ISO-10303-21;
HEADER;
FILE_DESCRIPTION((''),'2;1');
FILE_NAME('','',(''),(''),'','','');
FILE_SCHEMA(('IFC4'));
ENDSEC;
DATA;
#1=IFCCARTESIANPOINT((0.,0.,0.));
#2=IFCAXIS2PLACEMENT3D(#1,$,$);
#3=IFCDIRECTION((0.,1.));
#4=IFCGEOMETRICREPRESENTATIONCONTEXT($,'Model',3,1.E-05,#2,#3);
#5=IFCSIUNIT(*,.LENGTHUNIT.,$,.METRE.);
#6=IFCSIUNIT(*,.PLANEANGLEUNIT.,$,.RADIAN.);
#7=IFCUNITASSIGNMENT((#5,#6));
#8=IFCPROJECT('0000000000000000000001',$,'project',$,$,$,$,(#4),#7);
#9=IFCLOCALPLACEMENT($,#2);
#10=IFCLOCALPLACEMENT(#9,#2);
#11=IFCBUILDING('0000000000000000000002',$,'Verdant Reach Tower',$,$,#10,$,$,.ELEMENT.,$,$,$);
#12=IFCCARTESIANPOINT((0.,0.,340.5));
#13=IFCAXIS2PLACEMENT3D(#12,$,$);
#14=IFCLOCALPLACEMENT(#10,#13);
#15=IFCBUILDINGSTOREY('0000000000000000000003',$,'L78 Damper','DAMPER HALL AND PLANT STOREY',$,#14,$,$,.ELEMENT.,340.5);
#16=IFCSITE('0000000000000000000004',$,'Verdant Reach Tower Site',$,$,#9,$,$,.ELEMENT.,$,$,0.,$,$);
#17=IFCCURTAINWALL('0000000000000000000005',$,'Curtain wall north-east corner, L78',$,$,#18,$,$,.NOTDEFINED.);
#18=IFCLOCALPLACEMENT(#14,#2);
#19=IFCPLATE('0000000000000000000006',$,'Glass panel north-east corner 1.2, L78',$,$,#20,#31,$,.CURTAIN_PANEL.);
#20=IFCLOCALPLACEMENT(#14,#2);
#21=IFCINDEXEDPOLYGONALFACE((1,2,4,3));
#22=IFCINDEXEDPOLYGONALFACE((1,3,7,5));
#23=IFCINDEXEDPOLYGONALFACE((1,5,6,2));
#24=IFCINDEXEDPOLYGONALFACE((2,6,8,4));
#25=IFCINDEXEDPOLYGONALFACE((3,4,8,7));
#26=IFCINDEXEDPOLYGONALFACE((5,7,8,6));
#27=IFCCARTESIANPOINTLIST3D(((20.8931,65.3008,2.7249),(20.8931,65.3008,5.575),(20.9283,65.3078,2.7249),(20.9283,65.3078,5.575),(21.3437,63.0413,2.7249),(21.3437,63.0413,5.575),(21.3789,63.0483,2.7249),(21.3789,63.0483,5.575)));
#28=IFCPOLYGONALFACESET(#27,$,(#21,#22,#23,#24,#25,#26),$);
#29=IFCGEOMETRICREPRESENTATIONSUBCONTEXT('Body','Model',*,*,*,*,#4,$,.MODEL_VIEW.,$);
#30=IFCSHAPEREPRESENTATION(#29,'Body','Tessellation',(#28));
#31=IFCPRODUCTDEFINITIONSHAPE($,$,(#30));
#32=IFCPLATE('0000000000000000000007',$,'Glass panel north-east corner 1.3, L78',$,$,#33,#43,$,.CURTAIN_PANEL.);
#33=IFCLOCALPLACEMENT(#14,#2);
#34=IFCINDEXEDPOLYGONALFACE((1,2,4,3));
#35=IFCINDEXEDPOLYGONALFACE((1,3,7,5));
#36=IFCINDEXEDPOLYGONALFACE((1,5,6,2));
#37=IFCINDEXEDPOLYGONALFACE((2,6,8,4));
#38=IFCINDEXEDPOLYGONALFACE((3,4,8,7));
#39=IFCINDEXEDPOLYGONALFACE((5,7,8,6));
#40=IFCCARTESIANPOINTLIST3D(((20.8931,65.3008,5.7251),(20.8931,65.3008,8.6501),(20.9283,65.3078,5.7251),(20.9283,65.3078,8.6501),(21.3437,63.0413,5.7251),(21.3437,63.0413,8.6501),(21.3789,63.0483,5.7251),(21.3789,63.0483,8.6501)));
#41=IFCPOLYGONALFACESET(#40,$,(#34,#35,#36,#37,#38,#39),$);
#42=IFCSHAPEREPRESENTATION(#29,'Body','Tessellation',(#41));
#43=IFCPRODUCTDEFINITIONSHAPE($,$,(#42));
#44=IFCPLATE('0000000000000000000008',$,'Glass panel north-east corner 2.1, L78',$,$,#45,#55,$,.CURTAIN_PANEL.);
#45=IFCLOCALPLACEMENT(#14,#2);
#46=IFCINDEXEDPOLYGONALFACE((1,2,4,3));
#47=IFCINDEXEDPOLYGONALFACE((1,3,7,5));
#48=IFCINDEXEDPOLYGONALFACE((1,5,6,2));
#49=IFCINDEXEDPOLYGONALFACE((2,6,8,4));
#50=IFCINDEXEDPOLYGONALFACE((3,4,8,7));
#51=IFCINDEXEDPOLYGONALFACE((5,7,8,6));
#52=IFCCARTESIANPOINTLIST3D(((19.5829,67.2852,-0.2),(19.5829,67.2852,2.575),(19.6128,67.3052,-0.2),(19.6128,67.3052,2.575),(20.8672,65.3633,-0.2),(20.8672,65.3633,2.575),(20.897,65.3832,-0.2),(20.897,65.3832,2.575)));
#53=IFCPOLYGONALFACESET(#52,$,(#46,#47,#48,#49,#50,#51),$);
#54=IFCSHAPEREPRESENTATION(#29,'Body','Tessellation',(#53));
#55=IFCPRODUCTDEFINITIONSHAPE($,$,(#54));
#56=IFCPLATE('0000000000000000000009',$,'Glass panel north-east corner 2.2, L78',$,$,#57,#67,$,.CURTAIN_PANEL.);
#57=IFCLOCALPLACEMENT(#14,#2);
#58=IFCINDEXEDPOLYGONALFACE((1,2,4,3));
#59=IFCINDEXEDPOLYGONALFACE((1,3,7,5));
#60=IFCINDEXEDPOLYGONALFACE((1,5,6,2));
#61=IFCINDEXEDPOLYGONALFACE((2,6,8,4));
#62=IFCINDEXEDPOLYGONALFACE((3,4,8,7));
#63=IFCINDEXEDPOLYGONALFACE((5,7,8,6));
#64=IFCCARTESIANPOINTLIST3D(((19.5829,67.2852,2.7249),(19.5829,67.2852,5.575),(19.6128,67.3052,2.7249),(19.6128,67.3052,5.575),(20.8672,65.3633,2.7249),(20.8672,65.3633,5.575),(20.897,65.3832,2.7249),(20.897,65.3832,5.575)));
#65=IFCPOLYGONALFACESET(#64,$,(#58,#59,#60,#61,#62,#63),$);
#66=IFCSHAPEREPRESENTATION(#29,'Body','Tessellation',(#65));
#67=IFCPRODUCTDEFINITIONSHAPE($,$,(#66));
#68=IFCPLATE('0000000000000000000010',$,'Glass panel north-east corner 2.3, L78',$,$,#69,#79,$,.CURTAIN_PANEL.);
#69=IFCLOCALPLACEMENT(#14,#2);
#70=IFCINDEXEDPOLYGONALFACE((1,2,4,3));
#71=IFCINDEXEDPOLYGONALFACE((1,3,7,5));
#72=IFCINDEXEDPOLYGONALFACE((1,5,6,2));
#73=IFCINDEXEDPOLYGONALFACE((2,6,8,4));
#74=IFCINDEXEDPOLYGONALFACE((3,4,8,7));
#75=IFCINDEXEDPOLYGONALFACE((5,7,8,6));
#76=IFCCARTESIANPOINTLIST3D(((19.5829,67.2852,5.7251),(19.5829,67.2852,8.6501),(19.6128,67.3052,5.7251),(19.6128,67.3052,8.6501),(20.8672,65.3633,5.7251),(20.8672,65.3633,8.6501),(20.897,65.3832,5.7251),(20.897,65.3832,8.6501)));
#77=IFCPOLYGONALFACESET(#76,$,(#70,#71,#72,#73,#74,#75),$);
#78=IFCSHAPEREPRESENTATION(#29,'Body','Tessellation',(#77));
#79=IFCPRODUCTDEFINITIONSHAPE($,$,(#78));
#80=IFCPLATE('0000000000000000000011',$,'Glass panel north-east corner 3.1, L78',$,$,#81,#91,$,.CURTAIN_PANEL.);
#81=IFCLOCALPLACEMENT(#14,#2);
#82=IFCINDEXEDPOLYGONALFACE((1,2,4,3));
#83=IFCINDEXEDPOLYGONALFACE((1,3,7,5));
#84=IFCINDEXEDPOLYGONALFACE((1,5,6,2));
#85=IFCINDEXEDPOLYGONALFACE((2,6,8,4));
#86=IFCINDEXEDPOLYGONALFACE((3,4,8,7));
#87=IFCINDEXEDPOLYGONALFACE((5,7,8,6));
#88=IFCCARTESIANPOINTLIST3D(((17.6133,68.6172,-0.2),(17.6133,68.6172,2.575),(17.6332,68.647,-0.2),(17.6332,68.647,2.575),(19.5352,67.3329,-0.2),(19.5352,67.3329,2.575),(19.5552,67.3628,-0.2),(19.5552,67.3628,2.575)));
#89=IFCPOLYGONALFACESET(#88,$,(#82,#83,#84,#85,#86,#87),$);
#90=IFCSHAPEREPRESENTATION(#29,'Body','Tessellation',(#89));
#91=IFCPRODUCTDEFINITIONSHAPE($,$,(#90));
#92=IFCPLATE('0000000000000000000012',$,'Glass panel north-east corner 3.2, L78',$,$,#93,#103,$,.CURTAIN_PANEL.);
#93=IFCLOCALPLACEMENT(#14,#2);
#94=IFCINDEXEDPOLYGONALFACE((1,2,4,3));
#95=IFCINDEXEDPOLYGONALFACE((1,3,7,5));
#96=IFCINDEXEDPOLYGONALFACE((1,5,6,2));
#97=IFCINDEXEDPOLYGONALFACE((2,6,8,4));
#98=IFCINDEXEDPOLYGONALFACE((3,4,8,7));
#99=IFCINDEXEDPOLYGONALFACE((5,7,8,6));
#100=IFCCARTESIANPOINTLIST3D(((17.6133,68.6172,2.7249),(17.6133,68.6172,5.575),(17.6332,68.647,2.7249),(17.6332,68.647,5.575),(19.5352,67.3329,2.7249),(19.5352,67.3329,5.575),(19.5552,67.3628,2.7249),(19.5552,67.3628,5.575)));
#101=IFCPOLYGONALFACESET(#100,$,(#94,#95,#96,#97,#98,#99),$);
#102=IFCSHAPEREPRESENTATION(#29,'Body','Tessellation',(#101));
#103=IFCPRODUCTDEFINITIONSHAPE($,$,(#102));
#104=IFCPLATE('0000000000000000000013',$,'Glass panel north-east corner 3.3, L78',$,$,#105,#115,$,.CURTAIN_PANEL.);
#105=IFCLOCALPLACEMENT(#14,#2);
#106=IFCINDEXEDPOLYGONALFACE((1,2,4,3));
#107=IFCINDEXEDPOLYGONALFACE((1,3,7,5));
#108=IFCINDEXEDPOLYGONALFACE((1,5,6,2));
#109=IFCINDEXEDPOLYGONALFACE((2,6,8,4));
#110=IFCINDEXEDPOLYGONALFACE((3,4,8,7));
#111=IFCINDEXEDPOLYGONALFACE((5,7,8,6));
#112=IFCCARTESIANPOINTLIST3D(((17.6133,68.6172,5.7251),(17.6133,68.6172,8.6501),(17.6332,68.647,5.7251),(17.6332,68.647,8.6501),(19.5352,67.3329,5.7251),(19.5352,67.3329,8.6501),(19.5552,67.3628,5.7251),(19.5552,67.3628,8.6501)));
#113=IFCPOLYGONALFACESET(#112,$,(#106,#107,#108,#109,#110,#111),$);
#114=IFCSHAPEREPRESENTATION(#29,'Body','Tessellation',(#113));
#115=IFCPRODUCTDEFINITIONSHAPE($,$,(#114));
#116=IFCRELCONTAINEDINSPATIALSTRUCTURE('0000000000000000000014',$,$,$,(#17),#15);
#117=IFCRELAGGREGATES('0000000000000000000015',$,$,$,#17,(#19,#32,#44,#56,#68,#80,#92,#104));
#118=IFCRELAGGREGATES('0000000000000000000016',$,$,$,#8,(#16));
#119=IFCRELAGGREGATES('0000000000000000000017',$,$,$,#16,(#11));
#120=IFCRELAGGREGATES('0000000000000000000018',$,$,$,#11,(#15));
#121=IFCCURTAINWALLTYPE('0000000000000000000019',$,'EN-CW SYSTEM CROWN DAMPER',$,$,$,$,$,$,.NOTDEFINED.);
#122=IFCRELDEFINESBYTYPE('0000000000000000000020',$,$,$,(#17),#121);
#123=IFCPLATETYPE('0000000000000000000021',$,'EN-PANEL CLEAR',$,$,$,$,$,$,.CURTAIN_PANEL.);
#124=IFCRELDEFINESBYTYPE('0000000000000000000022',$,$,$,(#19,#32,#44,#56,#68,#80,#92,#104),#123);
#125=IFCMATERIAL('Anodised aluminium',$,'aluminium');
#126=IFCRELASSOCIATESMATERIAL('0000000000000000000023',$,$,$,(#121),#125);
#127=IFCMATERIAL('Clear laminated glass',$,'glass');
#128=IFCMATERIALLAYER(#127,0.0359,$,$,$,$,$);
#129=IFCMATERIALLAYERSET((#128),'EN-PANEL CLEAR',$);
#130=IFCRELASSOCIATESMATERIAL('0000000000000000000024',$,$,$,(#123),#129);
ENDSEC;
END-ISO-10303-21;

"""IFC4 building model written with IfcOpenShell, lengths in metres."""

from ifc_helpers import new_model, si_unit, direction, frame, origin, origin_2d, place, context, subcontext, project, spatial, rectangle, extrude, material, layer, layer_set, type_object, element, aggregate, save


model = new_model("IFC4")

# Units and contexts
model_context = context("Model", 3, precision=1e-05, world=origin(), true_north=direction((0.0, 1.0)))
body_context = subcontext(model_context, "Body", "Model", "MODEL_VIEW")
ifc_project = project(units=[si_unit("LENGTHUNIT", "METRE"), si_unit("PLANEANGLEUNIT", "RADIAN")], contexts=[model_context])

# Site, building, storey
site_placement = place(None, origin())
site = spatial("IfcSite", under=ifc_project, at=site_placement, Name="Verdant Reach Tower Site", CompositionType="ELEMENT", RefElevation=0.0)
building_placement = place(site_placement, origin())
building = spatial("IfcBuilding", under=site, at=building_placement, Name="Verdant Reach Tower", CompositionType="ELEMENT")
storey_placement = place(building_placement, frame((0.0, 0.0, 340.5)))
storey = spatial("IfcBuildingStorey", under=building, at=storey_placement, Name="L78 Damper", Description="DAMPER HALL AND PLANT STOREY", CompositionType="ELEMENT", Elevation=340.5)

# Curtain wall
ifc_material_1 = material(Name="Anodised aluminium", Category="aluminium")
curtain_wall_type = type_object("IfcCurtainWallType", Name="EN-CW SYSTEM CROWN DAMPER", PredefinedType="NOTDEFINED", material=ifc_material_1)
curtain_wall_1_placement = place(storey_placement, origin())
curtain_wall_1 = element("IfcCurtainWall", 1, at=curtain_wall_1_placement, inside=storey, type_object=curtain_wall_type, Name="Curtain wall north-east corner, L78", PredefinedType="NOTDEFINED")

# Shared definitions
ifc_material_2 = material(Name="Clear laminated glass", Category="glass")
ifc_layer = layer(ifc_material_2, 0.0359)
ifc_layer_set = layer_set([ifc_layer], Name="EN-PANEL CLEAR")
plate_type = type_object("IfcPlateType", Name="EN-PANEL CLEAR", PredefinedType="CURTAIN_PANEL", material=ifc_layer_set)

# Plates
plate_1_placement = place(storey_placement, frame((21.136, 64.1746, 2.7249), z_axis=(0.0, 0.0, 1.0), x_axis=(-0.195593, 0.980685, 0.0)))
plate_1 = element("IfcPlate", 2, at=plate_1_placement, type_object=plate_type, Name="Glass panel north-east corner 1.2, L78", PredefinedType="CURTAIN_PANEL", context=body_context, shape_type="SweptSolid", body=[
    extrude(rectangle(XDim=2.304, YDim=0.0359, at=origin_2d()), origin(), (0.0, 0.0, 1.0), 2.8501),
])
plate_2_placement = place(storey_placement, frame((21.136, 64.1746, 5.7251), z_axis=(0.0, 0.0, 1.0), x_axis=(-0.195593, 0.980685, 0.0)))
plate_2 = element("IfcPlate", 3, at=plate_2_placement, type_object=plate_type, Name="Glass panel north-east corner 1.3, L78", PredefinedType="CURTAIN_PANEL", context=body_context, shape_type="SweptSolid", body=[
    extrude(rectangle(XDim=2.304, YDim=0.0359, at=origin_2d()), origin(), (0.0, 0.0, 1.0), 2.925),
])
plate_3_placement = place(storey_placement, frame((20.24, 66.3342, -0.2), z_axis=(0.0, 0.0, 1.0), x_axis=(-0.555596, 0.831452, 0.0)))
plate_3 = element("IfcPlate", 4, at=plate_3_placement, type_object=plate_type, Name="Glass panel north-east corner 2.1, L78", PredefinedType="CURTAIN_PANEL", context=body_context, shape_type="SweptSolid", body=[
    extrude(rectangle(XDim=2.3115, YDim=0.0359, at=origin_2d()), origin(), (0.0, 0.0, 1.0), 2.7749),
])
plate_4_placement = place(storey_placement, frame((20.24, 66.3342, 2.7249), z_axis=(0.0, 0.0, 1.0), x_axis=(-0.555596, 0.831452, 0.0)))
plate_4 = element("IfcPlate", 5, at=plate_4_placement, type_object=plate_type, Name="Glass panel north-east corner 2.2, L78", PredefinedType="CURTAIN_PANEL", context=body_context, shape_type="SweptSolid", body=[
    extrude(rectangle(XDim=2.3115, YDim=0.0359, at=origin_2d()), origin(), (0.0, 0.0, 1.0), 2.8501),
])
plate_5_placement = place(storey_placement, frame((20.24, 66.3342, 5.7251), z_axis=(0.0, 0.0, 1.0), x_axis=(-0.555596, 0.831452, 0.0)))
plate_5 = element("IfcPlate", 6, at=plate_5_placement, type_object=plate_type, Name="Glass panel north-east corner 2.3, L78", PredefinedType="CURTAIN_PANEL", context=body_context, shape_type="SweptSolid", body=[
    extrude(rectangle(XDim=2.3115, YDim=0.0359, at=origin_2d()), origin(), (0.0, 0.0, 1.0), 2.925),
])
plate_6_placement = place(storey_placement, frame((18.5842, 67.99, -0.2), z_axis=(0.0, 0.0, 1.0), x_axis=(-0.831452, 0.555596, 0.0)))
plate_6 = element("IfcPlate", 7, at=plate_6_placement, type_object=plate_type, Name="Glass panel north-east corner 3.1, L78", PredefinedType="CURTAIN_PANEL", context=body_context, shape_type="SweptSolid", body=[
    extrude(rectangle(XDim=2.3115, YDim=0.0359, at=origin_2d()), origin(), (0.0, 0.0, 1.0), 2.7749),
])
plate_7_placement = place(storey_placement, frame((18.5842, 67.99, 2.7249), z_axis=(0.0, 0.0, 1.0), x_axis=(-0.831452, 0.555596, 0.0)))
plate_7 = element("IfcPlate", 8, at=plate_7_placement, type_object=plate_type, Name="Glass panel north-east corner 3.2, L78", PredefinedType="CURTAIN_PANEL", context=body_context, shape_type="SweptSolid", body=[
    extrude(rectangle(XDim=2.3115, YDim=0.0359, at=origin_2d()), origin(), (0.0, 0.0, 1.0), 2.8501),
])
plate_8_placement = place(storey_placement, frame((18.5842, 67.99, 5.7251), z_axis=(0.0, 0.0, 1.0), x_axis=(-0.831452, 0.555596, 0.0)))
plate_8 = element("IfcPlate", 9, at=plate_8_placement, type_object=plate_type, Name="Glass panel north-east corner 3.3, L78", PredefinedType="CURTAIN_PANEL", context=body_context, shape_type="SweptSolid", body=[
    extrude(rectangle(XDim=2.3115, YDim=0.0359, at=origin_2d()), origin(), (0.0, 0.0, 1.0), 2.925),
])
aggregate(curtain_wall_1, [plate_1, plate_2, plate_3, plate_4, plate_5, plate_6, plate_7, plate_8])

save(model, "model.ifc")
